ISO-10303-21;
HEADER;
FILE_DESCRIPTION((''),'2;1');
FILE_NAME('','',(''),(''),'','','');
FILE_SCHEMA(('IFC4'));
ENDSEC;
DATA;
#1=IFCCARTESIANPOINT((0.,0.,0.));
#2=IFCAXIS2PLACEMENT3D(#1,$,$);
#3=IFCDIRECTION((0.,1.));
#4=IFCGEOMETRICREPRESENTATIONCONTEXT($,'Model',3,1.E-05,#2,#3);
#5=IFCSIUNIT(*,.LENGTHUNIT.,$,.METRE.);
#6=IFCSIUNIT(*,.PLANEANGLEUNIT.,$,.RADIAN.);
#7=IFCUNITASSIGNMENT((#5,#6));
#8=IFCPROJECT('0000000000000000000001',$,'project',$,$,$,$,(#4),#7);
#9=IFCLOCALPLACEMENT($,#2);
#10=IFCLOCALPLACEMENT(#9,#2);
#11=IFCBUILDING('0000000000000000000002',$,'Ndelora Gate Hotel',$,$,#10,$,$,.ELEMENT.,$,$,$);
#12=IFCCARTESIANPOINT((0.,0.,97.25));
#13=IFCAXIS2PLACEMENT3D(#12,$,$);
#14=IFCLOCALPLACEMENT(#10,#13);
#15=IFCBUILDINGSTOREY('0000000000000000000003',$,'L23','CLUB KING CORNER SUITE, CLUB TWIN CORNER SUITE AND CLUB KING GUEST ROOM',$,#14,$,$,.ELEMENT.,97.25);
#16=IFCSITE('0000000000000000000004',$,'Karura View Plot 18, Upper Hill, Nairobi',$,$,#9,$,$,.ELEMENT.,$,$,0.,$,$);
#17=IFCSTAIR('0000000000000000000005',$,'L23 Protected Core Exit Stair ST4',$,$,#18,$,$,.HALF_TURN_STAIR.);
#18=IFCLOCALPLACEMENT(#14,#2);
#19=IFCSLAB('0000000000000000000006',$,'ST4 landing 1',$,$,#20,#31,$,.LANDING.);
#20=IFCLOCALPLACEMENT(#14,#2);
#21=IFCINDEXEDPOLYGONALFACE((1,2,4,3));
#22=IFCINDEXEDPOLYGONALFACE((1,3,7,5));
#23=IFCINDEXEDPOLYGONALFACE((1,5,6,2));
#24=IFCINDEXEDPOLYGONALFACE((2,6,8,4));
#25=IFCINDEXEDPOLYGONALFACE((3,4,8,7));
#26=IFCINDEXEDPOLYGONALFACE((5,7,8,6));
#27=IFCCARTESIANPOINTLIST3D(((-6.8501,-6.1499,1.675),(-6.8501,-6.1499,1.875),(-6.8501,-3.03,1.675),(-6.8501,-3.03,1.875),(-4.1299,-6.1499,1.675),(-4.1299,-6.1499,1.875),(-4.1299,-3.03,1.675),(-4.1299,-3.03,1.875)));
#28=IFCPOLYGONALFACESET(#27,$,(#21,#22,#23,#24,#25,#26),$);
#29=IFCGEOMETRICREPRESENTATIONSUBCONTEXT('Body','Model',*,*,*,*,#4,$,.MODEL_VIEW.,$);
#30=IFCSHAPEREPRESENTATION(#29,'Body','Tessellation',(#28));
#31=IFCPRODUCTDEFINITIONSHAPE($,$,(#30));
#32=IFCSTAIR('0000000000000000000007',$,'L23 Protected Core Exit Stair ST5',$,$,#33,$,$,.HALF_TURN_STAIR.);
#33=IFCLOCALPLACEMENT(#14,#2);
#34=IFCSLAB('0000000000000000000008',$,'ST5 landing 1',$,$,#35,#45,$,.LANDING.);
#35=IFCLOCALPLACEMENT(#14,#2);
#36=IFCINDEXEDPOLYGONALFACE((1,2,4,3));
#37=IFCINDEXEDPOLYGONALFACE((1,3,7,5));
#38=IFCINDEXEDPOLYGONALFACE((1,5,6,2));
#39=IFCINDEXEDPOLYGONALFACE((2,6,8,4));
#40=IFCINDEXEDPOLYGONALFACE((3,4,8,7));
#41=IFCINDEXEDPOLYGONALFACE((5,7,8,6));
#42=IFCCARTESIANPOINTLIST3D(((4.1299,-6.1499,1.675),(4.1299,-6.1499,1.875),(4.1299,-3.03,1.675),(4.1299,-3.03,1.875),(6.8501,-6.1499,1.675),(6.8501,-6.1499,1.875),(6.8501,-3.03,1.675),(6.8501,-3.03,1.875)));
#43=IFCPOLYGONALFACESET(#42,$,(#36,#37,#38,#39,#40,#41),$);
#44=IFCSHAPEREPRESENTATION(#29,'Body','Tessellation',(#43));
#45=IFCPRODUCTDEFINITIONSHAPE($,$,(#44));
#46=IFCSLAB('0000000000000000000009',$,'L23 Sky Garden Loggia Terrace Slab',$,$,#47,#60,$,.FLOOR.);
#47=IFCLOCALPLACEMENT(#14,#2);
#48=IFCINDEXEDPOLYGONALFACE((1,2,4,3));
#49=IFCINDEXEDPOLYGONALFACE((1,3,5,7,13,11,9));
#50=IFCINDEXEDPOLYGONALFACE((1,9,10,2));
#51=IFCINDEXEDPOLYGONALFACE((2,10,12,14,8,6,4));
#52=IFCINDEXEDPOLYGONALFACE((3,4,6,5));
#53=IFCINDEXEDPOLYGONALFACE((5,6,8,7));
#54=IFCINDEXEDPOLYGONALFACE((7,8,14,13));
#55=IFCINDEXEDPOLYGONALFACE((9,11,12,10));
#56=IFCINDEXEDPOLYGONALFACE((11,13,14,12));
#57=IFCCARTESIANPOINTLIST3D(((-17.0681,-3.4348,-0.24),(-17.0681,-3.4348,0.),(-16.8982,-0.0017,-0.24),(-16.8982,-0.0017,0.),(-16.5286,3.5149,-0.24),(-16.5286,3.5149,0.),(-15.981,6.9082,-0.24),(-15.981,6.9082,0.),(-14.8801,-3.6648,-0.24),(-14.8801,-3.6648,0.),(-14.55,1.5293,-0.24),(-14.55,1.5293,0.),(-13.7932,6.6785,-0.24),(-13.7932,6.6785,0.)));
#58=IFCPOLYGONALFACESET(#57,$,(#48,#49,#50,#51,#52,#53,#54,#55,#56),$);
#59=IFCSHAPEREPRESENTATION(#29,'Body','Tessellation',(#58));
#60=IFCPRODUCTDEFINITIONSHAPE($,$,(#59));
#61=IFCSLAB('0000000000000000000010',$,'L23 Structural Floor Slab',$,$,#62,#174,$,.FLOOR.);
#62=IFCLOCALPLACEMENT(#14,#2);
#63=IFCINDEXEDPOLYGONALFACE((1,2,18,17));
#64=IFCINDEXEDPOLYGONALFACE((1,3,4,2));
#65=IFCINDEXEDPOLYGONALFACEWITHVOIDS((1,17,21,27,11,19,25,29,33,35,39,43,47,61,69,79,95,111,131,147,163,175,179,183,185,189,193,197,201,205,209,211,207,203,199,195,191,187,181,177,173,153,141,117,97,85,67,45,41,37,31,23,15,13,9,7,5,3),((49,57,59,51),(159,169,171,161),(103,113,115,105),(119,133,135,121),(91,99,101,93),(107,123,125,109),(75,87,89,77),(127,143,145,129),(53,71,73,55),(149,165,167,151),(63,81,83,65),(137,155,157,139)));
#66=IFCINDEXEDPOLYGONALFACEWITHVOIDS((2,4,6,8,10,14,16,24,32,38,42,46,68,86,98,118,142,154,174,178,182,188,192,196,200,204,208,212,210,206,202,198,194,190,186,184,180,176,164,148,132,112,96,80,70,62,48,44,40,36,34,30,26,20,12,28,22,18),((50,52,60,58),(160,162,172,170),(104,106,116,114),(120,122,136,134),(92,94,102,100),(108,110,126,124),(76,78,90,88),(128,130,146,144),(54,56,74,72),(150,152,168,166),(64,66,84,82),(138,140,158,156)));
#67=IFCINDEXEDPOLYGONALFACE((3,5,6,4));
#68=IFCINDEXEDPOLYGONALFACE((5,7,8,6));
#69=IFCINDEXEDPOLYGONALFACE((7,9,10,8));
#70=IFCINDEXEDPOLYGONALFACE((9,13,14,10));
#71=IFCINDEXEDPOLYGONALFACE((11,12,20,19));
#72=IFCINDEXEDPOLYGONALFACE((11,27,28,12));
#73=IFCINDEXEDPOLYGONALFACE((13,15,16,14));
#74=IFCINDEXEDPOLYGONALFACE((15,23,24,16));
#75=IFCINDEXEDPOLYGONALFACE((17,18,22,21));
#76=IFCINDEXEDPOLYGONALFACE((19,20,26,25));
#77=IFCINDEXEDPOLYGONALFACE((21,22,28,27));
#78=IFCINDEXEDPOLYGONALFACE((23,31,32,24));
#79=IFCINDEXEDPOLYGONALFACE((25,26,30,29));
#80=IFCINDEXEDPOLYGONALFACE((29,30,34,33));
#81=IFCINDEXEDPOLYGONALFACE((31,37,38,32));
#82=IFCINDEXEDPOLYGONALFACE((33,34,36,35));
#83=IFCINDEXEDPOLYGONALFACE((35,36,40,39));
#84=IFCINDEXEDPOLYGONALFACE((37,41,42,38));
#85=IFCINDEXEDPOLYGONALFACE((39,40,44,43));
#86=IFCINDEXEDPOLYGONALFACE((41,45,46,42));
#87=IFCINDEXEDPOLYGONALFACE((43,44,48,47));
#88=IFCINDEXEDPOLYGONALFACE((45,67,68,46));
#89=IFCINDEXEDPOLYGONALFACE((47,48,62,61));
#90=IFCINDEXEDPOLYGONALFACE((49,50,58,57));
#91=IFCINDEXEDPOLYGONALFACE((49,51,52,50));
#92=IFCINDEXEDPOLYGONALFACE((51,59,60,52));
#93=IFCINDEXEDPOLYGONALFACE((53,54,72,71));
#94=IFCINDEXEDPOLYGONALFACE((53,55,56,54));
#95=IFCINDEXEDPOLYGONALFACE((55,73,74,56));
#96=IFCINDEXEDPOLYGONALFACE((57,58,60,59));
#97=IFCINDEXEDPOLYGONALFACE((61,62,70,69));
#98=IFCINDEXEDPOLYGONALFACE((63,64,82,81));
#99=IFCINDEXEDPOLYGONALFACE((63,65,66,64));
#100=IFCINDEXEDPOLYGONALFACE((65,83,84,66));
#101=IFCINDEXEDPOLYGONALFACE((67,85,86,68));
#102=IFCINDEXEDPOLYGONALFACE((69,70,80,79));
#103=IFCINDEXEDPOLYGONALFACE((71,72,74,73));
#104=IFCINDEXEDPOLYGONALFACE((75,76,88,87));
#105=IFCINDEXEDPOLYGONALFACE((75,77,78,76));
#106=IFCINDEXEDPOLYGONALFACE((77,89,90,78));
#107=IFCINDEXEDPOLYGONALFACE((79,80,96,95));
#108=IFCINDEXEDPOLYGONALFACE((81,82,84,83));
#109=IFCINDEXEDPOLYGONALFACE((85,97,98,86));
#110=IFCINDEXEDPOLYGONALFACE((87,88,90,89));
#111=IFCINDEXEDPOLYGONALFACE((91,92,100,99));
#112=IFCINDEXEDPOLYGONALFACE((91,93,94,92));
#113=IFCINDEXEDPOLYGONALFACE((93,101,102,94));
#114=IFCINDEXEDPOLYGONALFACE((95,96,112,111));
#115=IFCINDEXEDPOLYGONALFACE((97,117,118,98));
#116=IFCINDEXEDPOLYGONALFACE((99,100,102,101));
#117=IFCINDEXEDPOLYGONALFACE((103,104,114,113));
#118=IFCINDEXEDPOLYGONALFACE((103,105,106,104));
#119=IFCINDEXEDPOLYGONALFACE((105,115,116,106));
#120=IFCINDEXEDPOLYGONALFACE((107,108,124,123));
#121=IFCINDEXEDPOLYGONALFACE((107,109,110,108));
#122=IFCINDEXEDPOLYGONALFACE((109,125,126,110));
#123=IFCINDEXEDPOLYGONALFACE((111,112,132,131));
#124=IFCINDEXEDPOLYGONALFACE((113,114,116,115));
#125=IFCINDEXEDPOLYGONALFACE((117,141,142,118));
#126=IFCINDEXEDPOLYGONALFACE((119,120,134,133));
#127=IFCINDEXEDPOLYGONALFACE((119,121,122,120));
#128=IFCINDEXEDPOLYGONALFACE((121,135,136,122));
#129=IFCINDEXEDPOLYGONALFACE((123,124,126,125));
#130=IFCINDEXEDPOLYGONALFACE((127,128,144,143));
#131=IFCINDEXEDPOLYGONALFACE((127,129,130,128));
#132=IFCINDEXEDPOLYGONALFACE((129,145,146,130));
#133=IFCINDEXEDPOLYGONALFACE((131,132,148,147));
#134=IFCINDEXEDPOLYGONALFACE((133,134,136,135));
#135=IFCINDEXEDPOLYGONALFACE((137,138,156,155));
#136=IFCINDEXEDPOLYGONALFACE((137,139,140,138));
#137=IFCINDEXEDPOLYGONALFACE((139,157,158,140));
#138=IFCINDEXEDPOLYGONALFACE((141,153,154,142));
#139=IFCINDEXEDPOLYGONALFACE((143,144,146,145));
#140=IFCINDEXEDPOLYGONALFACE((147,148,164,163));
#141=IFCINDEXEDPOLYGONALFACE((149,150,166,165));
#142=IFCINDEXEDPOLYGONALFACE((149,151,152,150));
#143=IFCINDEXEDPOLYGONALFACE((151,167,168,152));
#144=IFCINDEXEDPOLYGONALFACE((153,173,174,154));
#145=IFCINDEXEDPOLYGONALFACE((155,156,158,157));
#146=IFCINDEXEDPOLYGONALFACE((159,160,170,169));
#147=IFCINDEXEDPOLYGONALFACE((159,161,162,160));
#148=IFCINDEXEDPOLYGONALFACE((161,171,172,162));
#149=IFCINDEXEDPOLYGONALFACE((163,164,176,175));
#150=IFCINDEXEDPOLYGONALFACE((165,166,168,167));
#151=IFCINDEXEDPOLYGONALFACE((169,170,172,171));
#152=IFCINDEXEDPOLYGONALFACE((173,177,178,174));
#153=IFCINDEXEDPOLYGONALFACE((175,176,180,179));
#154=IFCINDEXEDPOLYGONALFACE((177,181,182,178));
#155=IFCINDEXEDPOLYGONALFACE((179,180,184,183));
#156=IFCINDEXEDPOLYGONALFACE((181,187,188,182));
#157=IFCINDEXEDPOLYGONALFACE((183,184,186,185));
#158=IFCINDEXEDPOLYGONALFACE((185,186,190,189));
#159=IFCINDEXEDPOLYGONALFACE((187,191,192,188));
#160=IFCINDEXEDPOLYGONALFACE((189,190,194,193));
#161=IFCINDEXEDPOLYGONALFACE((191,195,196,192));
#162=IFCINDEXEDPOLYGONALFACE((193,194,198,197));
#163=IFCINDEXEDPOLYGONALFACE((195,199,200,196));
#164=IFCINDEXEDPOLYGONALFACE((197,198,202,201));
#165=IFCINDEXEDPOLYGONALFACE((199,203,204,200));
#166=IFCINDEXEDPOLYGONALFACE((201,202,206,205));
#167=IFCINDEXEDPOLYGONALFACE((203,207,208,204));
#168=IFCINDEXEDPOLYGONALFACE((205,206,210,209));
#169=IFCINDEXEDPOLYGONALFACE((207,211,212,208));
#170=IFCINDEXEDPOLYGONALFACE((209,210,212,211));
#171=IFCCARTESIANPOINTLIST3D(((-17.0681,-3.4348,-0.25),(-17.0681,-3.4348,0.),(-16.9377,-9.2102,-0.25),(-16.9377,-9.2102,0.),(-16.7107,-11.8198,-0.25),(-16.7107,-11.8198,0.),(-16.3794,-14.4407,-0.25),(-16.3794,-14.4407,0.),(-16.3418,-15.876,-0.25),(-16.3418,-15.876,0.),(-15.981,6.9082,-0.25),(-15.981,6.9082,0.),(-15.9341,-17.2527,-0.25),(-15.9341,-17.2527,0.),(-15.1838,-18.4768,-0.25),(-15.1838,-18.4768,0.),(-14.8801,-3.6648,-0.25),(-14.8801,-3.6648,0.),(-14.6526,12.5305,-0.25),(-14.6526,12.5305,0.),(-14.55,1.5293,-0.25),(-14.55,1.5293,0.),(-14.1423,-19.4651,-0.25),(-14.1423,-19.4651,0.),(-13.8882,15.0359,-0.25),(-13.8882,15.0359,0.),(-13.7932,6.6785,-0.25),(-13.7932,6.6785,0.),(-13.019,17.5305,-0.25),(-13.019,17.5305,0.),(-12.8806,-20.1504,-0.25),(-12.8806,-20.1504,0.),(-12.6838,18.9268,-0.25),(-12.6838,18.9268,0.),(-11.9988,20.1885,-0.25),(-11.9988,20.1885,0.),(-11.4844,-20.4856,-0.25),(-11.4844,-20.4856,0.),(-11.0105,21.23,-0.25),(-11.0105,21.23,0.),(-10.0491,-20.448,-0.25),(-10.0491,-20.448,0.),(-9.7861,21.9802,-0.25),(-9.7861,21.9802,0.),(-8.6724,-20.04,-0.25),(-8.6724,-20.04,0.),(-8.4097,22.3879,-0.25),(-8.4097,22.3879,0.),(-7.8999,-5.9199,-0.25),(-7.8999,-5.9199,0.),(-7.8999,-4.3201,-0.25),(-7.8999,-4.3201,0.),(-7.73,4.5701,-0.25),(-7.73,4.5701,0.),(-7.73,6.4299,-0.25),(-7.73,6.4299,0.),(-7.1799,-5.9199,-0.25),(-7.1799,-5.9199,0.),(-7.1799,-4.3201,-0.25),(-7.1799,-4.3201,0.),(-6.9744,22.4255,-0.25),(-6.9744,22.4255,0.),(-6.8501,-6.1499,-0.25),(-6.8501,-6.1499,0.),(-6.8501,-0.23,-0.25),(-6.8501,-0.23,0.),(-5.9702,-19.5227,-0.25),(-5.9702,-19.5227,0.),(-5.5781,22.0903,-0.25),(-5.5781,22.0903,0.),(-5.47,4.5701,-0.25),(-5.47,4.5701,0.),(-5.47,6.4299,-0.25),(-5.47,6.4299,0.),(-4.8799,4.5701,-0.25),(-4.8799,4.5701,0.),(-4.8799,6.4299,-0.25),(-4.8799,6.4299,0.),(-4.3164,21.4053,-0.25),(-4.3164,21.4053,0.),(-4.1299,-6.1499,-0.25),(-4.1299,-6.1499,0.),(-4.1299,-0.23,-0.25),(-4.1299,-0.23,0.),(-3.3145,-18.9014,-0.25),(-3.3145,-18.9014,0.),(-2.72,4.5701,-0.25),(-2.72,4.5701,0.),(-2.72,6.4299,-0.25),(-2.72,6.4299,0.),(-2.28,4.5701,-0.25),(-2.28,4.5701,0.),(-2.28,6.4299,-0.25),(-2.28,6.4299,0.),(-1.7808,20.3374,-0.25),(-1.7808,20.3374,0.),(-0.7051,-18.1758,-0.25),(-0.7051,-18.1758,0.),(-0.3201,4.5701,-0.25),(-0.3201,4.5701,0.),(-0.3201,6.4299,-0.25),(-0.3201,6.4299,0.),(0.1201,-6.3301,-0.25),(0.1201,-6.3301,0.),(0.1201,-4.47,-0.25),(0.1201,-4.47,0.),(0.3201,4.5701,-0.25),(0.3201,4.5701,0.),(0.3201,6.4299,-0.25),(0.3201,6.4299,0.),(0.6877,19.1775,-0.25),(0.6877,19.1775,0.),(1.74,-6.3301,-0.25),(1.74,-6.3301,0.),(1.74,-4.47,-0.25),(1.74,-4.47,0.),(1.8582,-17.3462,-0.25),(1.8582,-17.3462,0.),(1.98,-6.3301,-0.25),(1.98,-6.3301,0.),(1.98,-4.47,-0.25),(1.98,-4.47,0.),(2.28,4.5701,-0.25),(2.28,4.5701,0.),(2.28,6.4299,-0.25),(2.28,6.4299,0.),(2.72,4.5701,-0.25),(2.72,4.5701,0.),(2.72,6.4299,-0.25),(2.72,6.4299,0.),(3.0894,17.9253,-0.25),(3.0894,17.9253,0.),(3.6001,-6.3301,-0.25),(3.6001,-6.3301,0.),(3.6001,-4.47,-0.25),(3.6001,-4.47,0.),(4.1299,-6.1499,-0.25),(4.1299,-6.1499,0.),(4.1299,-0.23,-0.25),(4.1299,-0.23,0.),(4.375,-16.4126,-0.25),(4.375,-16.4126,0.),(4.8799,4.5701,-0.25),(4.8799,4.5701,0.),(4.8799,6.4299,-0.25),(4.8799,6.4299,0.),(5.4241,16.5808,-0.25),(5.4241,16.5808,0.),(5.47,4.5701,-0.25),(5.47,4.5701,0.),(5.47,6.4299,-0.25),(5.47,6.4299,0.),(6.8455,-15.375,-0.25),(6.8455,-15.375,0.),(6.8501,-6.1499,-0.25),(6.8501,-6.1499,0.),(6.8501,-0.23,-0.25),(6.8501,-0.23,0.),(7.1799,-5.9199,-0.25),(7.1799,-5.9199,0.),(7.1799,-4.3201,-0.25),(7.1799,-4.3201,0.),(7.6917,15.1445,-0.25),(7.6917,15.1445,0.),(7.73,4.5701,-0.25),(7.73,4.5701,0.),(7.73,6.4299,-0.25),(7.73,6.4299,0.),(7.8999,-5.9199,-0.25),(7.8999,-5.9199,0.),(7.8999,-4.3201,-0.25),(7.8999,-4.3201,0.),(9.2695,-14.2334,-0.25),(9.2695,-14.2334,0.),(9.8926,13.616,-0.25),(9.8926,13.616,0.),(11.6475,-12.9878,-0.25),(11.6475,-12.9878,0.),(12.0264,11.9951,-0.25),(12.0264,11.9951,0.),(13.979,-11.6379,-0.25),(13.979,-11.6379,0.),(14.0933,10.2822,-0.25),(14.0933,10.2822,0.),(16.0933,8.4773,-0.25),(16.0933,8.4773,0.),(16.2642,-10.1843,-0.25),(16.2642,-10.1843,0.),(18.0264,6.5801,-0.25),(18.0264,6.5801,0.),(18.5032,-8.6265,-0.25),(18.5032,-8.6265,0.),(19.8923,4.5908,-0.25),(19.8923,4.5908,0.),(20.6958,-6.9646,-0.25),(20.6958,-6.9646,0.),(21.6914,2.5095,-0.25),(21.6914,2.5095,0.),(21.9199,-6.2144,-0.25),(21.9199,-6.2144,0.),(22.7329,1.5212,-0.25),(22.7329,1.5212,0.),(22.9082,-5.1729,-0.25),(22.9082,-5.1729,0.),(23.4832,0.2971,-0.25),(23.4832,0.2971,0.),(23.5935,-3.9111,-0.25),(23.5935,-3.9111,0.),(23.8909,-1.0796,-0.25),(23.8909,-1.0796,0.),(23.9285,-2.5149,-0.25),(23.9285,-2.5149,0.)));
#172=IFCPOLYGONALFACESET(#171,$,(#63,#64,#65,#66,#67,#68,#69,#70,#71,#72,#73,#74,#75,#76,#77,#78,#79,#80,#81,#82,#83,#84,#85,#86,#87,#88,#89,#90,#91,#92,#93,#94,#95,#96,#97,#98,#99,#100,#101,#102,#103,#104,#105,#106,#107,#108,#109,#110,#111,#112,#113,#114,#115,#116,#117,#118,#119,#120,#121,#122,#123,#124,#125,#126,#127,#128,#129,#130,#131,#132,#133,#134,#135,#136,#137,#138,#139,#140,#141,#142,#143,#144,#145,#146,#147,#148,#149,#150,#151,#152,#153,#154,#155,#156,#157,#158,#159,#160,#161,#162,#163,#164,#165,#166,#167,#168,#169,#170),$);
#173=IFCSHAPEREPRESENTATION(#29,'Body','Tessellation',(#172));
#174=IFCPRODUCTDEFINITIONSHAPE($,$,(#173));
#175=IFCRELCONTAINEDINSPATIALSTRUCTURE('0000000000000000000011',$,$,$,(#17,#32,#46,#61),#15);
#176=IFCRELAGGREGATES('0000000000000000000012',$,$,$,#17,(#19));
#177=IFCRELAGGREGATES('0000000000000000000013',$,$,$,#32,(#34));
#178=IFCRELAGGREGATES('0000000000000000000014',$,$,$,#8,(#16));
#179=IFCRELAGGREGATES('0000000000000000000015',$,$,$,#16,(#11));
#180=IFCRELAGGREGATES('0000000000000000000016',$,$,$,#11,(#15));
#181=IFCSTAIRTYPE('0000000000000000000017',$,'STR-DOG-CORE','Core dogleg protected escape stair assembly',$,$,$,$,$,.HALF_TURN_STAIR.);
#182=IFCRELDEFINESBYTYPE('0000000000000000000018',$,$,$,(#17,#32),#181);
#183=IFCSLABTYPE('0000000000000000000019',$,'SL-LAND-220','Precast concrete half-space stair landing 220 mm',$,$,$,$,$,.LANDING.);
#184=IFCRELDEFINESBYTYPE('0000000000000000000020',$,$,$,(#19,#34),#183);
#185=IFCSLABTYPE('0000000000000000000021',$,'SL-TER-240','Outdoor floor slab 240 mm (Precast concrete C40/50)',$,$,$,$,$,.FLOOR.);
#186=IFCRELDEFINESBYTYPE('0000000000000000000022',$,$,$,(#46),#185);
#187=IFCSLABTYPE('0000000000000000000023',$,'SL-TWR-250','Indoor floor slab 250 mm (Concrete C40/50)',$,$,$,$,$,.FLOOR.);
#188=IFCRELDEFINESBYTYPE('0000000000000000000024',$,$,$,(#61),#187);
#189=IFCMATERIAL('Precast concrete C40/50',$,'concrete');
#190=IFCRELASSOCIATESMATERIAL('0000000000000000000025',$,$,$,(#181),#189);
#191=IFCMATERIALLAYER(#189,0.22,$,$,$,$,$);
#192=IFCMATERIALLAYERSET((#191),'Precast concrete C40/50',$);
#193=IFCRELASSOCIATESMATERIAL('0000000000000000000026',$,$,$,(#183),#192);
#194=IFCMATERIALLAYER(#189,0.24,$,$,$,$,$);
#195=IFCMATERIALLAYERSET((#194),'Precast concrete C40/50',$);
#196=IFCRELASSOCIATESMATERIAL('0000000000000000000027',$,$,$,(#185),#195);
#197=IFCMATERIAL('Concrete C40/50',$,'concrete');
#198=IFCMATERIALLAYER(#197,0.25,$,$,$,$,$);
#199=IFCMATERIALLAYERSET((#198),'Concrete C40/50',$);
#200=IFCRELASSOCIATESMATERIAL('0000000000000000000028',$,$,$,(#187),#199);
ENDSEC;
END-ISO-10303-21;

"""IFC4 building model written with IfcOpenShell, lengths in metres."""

from ifc_helpers import new_model, si_unit, direction, frame, origin, place, context, subcontext, project, spatial, polyline, outline, extrude, material, layer, layer_set, type_object, element, aggregate, save


model = new_model("IFC4")

# Units and contexts
model_context = context("Model", 3, precision=1e-05, world=origin(), true_north=direction((0.0, 1.0)))
body_context = subcontext(model_context, "Body", "Model", "MODEL_VIEW")
ifc_project = project(units=[si_unit("LENGTHUNIT", "METRE"), si_unit("PLANEANGLEUNIT", "RADIAN")], contexts=[model_context])

# Site, building, storey
site_placement = place(None, origin())
site = spatial("IfcSite", under=ifc_project, at=site_placement, Name="Karura View Plot 18, Upper Hill, Nairobi", CompositionType="ELEMENT", RefElevation=0.0)
building_placement = place(site_placement, origin())
building = spatial("IfcBuilding", under=site, at=building_placement, Name="Ndelora Gate Hotel", CompositionType="ELEMENT")
storey_placement = place(building_placement, frame((0.0, 0.0, 97.25)))
storey = spatial("IfcBuildingStorey", under=building, at=storey_placement, Name="L23", Description="CLUB KING CORNER SUITE, CLUB TWIN CORNER SUITE AND CLUB KING GUEST ROOM", CompositionType="ELEMENT", Elevation=97.25)

# Stairs, slabs
ifc_material_1 = material(Name="Precast concrete C40/50", Category="concrete")
stair_type = type_object("IfcStairType", Name="STR-DOG-CORE", Description="Core dogleg protected escape stair assembly", PredefinedType="HALF_TURN_STAIR", material=ifc_material_1)
stair_1_placement = place(storey_placement, origin())
stair_1 = element("IfcStair", 1, at=stair_1_placement, inside=storey, type_object=stair_type, Name="L23 Protected Core Exit Stair ST4", PredefinedType="HALF_TURN_STAIR")
ifc_layer_1 = layer(ifc_material_1, 0.22)
ifc_layer_set_1 = layer_set([ifc_layer_1], Name="Precast concrete C40/50")
slab_type_1 = type_object("IfcSlabType", Name="SL-LAND-220", Description="Precast concrete half-space stair landing 220 mm", PredefinedType="LANDING", material=ifc_layer_set_1)
slab_1_placement = place(storey_placement, frame((0.0, 0.0, 1.675)))
slab_1 = element("IfcSlab", 2, at=slab_1_placement, type_object=slab_type_1, Name="ST4 landing 1", PredefinedType="LANDING", context=body_context, shape_type="SweptSolid", body=[
    extrude(outline(polyline([(-6.8501, -3.03), (-6.8501, -6.1499), (-4.1299, -6.1499), (-4.1299, -3.03), (-6.8501, -3.03)])), origin(), (0.0, 0.0, 1.0), 0.2),
])
aggregate(stair_1, [slab_1])
stair_2_placement = place(storey_placement, origin())
stair_2 = element("IfcStair", 3, at=stair_2_placement, inside=storey, type_object=stair_type, Name="L23 Protected Core Exit Stair ST5", PredefinedType="HALF_TURN_STAIR")
slab_2_placement = place(storey_placement, frame((0.0, 0.0, 1.675)))
slab_2 = element("IfcSlab", 4, at=slab_2_placement, type_object=slab_type_1, Name="ST5 landing 1", PredefinedType="LANDING", context=body_context, shape_type="SweptSolid", body=[
    extrude(outline(polyline([(4.1299, -3.03), (4.1299, -6.1499), (6.8501, -6.1499), (6.8501, -3.03), (4.1299, -3.03)])), origin(), (0.0, 0.0, 1.0), 0.2),
])
aggregate(stair_2, [slab_2])

# Slabs
ifc_layer_2 = layer(ifc_material_1, 0.24)
ifc_layer_set_2 = layer_set([ifc_layer_2], Name="Precast concrete C40/50")
slab_type_2 = type_object("IfcSlabType", Name="SL-TER-240", Description="Outdoor floor slab 240 mm (Precast concrete C40/50)", PredefinedType="FLOOR", material=ifc_layer_set_2)
slab_3_placement = place(storey_placement, frame((0.0, 0.0, -0.24)))
element("IfcSlab", 5, at=slab_3_placement, inside=storey, type_object=slab_type_2, Name="L23 Sky Garden Loggia Terrace Slab", PredefinedType="FLOOR", context=body_context, shape_type="SweptSolid", body=[
    extrude(outline(polyline([(-13.7932, 6.6785), (-15.981, 6.9082), (-16.5286, 3.5149), (-16.8982, -0.0017), (-17.0681, -3.4348), (-14.8801, -3.6648), (-14.55, 1.5293), (-13.7932, 6.6785)])), origin(), (0.0, 0.0, 1.0), 0.24),
])
ifc_material_2 = material(Name="Concrete C40/50", Category="concrete")
ifc_layer_3 = layer(ifc_material_2, 0.25)
ifc_layer_set_3 = layer_set([ifc_layer_3], Name="Concrete C40/50")
slab_type_3 = type_object("IfcSlabType", Name="SL-TWR-250", Description="Indoor floor slab 250 mm (Concrete C40/50)", PredefinedType="FLOOR", material=ifc_layer_set_3)
slab_4_placement = place(storey_placement, frame((0.0, 0.0, -0.25)))
element("IfcSlab", 6, at=slab_4_placement, inside=storey, type_object=slab_type_3, Name="L23 Structural Floor Slab", PredefinedType="FLOOR", context=body_context, shape_type="SweptSolid", body=[
    extrude(outline(polyline([(-4.3164, 21.4053), (-5.5781, 22.0903), (-6.9744, 22.4255), (-8.4097, 22.3879), (-9.7861, 21.9802), (-11.0105, 21.23), (-11.9988, 20.1885), (-12.6838, 18.9268), (-13.019, 17.5305), (-13.8882, 15.0359), (-14.6526, 12.5305), (-15.981, 6.9082), (-13.7932, 6.6785), (-14.55, 1.5293), (-14.8801, -3.6648), (-17.0681, -3.4348), (-16.9377, -9.2102), (-16.7107, -11.8198), (-16.3794, -14.4407), (-16.3418, -15.876), (-15.9341, -17.2527), (-15.1838, -18.4768), (-14.1423, -19.4651), (-12.8806, -20.1504), (-11.4844, -20.4856), (-10.0491, -20.448), (-8.6724, -20.04), (-5.9702, -19.5227), (-3.3145, -18.9014), (-0.7051, -18.1758), (1.8582, -17.3462), (4.375, -16.4126), (6.8455, -15.375), (9.2695, -14.2334), (11.6475, -12.9878), (13.979, -11.6379), (16.2642, -10.1843), (18.5032, -8.6265), (20.6958, -6.9646), (21.9199, -6.2144), (22.9082, -5.1729), (23.5935, -3.9111), (23.9285, -2.5149), (23.8909, -1.0796), (23.4832, 0.2971), (22.7329, 1.5212), (21.6914, 2.5095), (19.8923, 4.5908), (18.0264, 6.5801), (16.0933, 8.4773), (14.0933, 10.2822), (12.0264, 11.9951), (9.8926, 13.616), (7.6917, 15.1445), (5.4241, 16.5808), (3.0894, 17.9253), (0.6877, 19.1775), (-1.7808, 20.3374), (-4.3164, 21.4053)]), holes=[polyline([(-6.8501, -0.23), (-6.8501, -6.1499), (-4.1299, -6.1499), (-4.1299, -0.23), (-6.8501, -0.23)]), polyline([(4.1299, -0.23), (4.1299, -6.1499), (6.8501, -6.1499), (6.8501, -0.23), (4.1299, -0.23)]), polyline([(-7.73, 4.5701), (-5.47, 4.5701), (-5.47, 6.4299), (-7.73, 6.4299), (-7.73, 4.5701)]), polyline([(5.47, 4.5701), (7.73, 4.5701), (7.73, 6.4299), (5.47, 6.4299), (5.47, 4.5701)]), polyline([(-4.8799, 4.5701), (-2.72, 4.5701), (-2.72, 6.4299), (-4.8799, 6.4299), (-4.8799, 4.5701)]), polyline([(2.72, 4.5701), (4.8799, 4.5701), (4.8799, 6.4299), (2.72, 6.4299), (2.72, 4.5701)]), polyline([(0.1201, -6.3301), (1.74, -6.3301), (1.74, -4.47), (0.1201, -4.47), (0.1201, -6.3301)]), polyline([(1.98, -6.3301), (3.6001, -6.3301), (3.6001, -4.47), (1.98, -4.47), (1.98, -6.3301)]), polyline([(-2.28, 4.5701), (-0.3201, 4.5701), (-0.3201, 6.4299), (-2.28, 6.4299), (-2.28, 4.5701)]), polyline([(0.3201, 4.5701), (2.28, 4.5701), (2.28, 6.4299), (0.3201, 6.4299), (0.3201, 4.5701)]), polyline([(-7.8999, -5.9199), (-7.1799, -5.9199), (-7.1799, -4.3201), (-7.8999, -4.3201), (-7.8999, -5.9199)]), polyline([(7.1799, -5.9199), (7.8999, -5.9199), (7.8999, -4.3201), (7.1799, -4.3201), (7.1799, -5.9199)])]), origin(), (0.0, 0.0, 1.0), 0.25),
])

save(model, "model.ifc")
